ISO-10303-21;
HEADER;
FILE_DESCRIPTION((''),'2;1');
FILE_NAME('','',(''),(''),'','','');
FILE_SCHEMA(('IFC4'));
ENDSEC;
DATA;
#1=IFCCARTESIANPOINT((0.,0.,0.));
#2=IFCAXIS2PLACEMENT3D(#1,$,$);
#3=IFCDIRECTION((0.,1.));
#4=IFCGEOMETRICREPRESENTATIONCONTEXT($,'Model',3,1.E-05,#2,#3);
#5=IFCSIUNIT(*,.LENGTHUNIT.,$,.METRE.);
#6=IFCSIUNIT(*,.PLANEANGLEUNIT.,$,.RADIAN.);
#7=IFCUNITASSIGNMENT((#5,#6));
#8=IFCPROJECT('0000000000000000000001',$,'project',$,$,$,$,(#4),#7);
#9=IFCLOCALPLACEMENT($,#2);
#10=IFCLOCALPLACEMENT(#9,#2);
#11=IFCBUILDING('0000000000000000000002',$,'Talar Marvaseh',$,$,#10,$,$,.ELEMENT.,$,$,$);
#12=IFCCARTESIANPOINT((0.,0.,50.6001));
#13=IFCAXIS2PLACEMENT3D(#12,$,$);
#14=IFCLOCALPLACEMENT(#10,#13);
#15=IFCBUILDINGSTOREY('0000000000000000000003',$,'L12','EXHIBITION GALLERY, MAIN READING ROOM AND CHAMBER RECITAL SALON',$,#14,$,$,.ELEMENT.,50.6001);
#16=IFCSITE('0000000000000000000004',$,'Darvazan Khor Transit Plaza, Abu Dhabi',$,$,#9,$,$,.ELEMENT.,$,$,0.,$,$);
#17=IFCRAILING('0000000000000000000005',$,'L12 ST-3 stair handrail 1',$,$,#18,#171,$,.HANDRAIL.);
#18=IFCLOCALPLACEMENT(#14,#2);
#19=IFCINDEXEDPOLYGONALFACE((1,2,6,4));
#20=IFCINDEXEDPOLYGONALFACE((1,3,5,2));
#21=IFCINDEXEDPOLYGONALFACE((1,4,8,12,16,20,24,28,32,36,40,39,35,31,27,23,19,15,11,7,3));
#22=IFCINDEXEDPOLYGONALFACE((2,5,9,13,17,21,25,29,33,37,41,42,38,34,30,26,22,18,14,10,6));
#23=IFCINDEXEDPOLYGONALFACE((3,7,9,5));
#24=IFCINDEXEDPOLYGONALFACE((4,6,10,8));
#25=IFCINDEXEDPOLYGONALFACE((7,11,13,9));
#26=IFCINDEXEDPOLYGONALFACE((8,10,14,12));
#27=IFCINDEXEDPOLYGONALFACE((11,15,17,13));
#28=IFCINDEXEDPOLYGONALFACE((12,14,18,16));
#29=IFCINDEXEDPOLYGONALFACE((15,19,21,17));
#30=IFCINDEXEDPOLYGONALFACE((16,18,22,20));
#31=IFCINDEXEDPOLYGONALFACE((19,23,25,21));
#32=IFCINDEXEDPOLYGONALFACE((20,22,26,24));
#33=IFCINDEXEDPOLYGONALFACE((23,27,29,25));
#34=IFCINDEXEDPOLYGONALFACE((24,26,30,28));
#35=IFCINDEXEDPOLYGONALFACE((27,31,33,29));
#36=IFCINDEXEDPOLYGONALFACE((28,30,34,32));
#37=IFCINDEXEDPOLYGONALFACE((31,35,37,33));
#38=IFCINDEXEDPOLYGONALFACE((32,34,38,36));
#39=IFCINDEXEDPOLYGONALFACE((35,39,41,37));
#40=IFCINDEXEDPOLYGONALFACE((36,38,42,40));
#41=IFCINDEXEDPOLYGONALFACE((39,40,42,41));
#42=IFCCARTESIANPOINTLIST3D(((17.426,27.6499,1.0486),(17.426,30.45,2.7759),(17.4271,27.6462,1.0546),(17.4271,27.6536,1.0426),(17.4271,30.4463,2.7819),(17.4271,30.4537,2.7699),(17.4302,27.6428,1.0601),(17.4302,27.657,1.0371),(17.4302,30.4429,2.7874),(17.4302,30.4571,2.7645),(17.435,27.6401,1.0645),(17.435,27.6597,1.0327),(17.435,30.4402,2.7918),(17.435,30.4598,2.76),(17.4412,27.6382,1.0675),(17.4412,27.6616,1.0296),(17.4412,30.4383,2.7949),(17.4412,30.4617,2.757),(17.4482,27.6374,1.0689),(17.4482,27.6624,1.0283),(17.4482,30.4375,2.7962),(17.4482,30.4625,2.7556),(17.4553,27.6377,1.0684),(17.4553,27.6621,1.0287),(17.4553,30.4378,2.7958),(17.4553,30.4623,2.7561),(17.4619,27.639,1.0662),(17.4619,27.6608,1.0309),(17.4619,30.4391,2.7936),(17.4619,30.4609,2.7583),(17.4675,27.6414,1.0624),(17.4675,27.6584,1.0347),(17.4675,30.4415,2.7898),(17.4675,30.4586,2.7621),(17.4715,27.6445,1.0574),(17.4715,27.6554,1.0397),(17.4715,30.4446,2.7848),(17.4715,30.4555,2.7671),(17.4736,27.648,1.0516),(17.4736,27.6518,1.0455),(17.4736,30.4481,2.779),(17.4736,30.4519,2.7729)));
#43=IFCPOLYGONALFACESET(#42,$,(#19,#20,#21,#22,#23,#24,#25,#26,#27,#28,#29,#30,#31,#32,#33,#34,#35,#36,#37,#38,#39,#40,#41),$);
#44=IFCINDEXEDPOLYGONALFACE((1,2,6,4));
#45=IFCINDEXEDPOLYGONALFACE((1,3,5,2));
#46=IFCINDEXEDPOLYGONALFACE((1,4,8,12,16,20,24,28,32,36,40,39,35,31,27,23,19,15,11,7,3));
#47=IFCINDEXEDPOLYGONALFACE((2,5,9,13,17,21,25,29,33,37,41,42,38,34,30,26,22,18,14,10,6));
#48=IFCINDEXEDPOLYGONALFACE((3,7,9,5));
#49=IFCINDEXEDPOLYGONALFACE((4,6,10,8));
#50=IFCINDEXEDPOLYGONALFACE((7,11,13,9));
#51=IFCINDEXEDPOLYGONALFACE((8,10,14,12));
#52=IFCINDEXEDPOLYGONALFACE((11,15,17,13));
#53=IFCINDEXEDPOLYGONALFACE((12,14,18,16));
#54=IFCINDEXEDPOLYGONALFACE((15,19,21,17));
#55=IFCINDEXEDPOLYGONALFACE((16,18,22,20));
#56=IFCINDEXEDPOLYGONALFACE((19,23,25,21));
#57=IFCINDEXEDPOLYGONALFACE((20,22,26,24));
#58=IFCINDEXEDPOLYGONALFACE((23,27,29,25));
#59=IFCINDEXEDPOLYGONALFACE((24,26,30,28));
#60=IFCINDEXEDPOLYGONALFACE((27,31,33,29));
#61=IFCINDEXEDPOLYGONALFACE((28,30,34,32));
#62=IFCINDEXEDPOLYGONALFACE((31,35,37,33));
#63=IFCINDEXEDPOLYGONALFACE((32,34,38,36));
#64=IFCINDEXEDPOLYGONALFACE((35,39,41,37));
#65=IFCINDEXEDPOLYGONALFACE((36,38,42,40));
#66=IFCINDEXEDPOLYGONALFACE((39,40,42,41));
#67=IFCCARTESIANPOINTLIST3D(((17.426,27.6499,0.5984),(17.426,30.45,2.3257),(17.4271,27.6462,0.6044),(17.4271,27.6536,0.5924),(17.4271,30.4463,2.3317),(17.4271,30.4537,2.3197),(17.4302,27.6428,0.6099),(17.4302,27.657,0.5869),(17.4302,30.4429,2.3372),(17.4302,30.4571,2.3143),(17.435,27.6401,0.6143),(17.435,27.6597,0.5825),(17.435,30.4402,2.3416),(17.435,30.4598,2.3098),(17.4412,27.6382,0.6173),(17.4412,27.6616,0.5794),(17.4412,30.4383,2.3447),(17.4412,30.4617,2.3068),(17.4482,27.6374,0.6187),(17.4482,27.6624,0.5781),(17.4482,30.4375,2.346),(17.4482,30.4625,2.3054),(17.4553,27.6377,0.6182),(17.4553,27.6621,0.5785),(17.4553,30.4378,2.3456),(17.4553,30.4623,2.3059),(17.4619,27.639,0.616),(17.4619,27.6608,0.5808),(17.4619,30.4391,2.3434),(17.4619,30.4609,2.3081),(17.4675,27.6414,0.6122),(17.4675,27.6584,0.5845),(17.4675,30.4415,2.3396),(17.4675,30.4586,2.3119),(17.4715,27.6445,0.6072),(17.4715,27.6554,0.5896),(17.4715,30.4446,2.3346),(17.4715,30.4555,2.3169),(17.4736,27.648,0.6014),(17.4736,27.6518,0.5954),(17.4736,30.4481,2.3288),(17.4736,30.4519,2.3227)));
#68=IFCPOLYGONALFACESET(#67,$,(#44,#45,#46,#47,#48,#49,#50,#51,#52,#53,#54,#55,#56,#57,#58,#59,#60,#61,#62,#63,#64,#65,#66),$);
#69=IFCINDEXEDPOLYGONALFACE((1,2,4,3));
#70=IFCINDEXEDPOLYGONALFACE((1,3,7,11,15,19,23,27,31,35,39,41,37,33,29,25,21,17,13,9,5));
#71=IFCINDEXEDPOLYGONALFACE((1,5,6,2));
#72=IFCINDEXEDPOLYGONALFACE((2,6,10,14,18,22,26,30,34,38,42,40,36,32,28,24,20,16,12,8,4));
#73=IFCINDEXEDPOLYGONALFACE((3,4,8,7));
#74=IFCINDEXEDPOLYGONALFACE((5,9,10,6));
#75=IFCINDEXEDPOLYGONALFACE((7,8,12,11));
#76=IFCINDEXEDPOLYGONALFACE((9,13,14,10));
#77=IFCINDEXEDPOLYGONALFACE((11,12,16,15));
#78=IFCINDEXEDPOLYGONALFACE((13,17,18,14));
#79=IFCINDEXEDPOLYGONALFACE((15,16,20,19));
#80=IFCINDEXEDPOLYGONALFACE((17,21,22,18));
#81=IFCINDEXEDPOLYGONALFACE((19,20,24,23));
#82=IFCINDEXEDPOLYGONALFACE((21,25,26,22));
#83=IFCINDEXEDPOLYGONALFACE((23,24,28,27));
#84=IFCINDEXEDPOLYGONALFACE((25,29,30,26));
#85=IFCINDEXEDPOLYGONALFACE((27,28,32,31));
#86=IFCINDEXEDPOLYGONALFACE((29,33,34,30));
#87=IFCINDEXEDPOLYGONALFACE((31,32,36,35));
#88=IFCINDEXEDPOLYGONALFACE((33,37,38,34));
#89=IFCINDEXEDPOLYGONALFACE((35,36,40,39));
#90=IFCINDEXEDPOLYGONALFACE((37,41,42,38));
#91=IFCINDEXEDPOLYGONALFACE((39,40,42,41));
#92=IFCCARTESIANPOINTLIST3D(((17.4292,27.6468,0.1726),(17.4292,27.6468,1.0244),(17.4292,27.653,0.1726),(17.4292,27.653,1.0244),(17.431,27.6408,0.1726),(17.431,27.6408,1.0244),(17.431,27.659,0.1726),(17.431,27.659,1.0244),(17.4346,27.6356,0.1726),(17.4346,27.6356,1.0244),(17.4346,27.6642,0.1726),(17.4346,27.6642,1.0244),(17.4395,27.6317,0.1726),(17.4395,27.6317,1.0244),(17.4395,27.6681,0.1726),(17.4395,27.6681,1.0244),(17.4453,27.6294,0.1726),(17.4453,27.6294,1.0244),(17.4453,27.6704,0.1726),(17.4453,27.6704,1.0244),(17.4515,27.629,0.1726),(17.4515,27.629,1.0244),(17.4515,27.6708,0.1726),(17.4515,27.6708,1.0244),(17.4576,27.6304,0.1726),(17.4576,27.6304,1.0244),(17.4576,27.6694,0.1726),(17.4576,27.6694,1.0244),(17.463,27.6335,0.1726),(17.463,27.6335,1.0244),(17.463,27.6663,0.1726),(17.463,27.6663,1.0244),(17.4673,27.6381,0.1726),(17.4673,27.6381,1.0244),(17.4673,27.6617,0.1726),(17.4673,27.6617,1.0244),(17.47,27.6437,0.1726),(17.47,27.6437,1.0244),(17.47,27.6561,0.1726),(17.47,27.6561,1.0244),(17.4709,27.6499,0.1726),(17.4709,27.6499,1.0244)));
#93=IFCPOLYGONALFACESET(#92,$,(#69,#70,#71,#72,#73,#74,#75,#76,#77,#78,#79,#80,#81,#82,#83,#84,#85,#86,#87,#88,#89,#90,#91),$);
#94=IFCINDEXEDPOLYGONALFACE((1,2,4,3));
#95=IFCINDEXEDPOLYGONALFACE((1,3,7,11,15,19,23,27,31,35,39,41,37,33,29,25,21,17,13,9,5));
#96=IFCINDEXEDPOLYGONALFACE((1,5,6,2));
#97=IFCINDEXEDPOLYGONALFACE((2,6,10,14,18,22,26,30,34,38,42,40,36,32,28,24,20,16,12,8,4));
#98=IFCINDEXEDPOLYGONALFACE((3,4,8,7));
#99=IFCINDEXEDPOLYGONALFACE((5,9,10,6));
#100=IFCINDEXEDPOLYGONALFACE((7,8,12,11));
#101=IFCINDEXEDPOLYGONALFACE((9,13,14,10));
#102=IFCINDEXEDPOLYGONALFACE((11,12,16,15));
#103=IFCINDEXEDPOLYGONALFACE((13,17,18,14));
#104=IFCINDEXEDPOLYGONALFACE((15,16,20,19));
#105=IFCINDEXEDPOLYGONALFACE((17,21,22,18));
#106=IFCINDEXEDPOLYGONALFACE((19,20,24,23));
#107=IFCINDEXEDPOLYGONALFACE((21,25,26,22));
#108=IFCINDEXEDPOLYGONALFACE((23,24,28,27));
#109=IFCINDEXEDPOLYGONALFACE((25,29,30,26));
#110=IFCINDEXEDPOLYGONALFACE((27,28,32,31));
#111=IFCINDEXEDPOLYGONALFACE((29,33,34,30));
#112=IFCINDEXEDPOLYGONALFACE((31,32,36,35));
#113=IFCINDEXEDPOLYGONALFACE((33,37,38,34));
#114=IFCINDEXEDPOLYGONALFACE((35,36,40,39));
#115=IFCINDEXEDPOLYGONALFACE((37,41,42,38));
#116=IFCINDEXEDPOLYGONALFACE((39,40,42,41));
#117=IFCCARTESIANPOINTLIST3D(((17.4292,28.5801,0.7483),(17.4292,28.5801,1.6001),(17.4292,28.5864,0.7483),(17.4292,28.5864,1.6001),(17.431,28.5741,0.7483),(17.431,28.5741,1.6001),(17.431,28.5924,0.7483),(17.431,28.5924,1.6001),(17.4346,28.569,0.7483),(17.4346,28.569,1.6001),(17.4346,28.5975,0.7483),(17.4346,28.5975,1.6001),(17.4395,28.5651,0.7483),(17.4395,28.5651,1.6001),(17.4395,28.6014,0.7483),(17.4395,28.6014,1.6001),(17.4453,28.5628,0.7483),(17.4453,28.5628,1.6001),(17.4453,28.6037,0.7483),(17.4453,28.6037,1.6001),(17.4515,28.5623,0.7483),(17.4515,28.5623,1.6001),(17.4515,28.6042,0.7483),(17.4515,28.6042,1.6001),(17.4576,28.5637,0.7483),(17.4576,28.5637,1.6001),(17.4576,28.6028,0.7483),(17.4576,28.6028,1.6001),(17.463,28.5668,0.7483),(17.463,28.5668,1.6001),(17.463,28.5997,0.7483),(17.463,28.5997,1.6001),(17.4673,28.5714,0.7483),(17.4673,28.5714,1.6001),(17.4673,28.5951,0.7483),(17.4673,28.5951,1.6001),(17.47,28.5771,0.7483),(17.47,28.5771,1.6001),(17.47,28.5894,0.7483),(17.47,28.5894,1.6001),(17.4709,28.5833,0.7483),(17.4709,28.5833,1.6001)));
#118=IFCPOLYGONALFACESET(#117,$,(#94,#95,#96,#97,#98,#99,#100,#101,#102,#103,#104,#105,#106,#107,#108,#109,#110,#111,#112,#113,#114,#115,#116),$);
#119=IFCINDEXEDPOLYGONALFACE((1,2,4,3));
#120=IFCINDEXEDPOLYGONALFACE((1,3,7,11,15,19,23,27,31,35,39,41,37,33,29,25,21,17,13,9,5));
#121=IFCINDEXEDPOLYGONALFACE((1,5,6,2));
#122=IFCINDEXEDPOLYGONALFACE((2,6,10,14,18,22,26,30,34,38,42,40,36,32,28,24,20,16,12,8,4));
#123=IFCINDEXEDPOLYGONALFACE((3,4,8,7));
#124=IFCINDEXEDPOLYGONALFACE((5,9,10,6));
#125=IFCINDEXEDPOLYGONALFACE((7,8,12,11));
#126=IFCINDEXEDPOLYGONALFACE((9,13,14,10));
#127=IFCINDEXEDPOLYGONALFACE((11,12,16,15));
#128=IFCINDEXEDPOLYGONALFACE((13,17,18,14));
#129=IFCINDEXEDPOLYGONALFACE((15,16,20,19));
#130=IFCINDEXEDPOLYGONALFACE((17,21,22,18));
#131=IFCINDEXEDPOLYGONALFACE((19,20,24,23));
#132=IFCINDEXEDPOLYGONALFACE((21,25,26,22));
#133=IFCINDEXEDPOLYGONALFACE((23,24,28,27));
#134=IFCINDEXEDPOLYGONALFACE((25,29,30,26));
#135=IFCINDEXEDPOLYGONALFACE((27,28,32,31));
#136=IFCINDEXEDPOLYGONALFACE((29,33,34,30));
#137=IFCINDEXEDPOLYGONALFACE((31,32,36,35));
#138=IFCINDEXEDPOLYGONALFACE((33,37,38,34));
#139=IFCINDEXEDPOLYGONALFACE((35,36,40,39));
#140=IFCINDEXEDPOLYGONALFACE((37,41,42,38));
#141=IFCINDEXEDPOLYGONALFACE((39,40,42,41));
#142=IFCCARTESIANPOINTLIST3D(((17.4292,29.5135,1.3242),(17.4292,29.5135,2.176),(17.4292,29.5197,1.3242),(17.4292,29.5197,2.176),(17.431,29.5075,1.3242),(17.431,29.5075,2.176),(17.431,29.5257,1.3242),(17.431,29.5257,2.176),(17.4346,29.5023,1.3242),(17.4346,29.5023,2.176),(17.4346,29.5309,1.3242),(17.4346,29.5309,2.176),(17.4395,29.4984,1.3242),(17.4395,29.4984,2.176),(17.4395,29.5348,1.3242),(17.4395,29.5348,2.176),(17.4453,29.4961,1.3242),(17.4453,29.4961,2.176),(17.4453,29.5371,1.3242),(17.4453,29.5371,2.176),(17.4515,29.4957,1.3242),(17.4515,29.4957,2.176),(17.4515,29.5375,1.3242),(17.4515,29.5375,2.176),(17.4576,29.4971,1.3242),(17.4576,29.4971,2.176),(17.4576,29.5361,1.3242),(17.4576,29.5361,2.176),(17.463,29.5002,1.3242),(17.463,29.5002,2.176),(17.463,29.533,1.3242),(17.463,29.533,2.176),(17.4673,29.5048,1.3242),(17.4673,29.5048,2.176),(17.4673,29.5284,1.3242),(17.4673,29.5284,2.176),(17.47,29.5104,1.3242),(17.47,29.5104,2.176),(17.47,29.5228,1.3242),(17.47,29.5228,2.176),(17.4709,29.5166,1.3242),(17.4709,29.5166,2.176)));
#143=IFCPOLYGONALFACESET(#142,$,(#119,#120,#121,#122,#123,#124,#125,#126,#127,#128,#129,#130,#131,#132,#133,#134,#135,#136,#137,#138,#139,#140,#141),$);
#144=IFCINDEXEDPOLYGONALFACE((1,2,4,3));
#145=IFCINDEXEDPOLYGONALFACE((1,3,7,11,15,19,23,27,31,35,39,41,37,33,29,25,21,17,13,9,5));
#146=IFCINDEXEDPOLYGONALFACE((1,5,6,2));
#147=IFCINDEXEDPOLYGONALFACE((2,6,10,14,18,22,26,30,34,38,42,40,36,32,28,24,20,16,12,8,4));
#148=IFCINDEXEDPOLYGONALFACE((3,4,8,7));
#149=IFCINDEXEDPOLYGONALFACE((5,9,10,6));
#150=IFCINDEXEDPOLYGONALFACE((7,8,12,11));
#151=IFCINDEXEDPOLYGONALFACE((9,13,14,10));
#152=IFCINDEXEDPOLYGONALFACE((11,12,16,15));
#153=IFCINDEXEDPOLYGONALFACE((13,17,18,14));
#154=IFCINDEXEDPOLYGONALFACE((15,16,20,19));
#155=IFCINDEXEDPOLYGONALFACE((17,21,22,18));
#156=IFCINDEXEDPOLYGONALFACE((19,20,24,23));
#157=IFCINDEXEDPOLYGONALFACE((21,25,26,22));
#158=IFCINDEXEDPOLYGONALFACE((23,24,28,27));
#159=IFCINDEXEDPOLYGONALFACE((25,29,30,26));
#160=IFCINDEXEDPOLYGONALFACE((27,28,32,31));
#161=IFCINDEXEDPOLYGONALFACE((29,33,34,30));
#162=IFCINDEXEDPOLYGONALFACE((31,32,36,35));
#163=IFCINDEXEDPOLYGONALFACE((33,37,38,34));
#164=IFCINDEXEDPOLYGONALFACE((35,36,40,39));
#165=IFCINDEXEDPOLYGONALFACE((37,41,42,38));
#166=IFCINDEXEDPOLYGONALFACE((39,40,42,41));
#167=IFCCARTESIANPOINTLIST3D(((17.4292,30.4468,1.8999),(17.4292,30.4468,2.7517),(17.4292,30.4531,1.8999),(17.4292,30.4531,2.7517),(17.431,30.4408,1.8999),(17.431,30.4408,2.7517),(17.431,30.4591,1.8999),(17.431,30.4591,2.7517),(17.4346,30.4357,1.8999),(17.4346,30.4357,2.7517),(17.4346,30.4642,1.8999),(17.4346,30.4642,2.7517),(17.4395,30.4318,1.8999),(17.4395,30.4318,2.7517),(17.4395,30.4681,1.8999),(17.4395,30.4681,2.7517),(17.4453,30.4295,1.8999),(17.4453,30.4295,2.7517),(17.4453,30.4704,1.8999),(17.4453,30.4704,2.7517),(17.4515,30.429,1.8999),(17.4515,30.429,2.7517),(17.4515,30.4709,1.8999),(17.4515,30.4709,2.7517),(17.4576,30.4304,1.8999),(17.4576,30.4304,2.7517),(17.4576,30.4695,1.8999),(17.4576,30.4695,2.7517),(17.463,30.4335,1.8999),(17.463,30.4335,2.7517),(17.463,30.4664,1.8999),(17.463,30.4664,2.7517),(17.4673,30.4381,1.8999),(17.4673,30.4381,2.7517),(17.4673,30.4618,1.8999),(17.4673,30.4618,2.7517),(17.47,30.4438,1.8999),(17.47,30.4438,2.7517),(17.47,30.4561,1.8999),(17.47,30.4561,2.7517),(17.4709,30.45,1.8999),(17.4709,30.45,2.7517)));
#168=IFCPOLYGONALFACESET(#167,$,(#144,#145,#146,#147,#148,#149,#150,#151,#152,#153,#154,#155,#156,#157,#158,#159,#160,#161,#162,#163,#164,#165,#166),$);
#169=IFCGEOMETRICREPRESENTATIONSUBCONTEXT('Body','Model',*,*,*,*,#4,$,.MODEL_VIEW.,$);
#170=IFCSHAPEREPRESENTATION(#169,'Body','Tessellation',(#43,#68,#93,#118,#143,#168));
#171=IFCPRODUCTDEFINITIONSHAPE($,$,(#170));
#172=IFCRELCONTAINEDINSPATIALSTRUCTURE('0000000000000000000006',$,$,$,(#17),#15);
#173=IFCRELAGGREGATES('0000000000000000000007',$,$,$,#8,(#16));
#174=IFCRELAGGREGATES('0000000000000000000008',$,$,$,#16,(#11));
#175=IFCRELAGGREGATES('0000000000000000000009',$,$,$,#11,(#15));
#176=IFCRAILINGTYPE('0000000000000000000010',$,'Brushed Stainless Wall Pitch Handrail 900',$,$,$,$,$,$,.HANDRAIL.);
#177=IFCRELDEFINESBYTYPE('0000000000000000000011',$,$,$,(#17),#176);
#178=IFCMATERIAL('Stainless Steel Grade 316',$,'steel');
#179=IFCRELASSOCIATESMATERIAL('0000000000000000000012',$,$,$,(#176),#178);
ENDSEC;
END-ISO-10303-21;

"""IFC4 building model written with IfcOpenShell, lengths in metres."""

from ifc_helpers import new_model, si_unit, direction, frame, origin, origin_2d, place, context, subcontext, project, spatial, circle, extrude, material, type_object, element, save


model = new_model("IFC4")

# Units and contexts
model_context = context("Model", 3, precision=1e-05, world=origin(), true_north=direction((0.0, 1.0)))
body_context = subcontext(model_context, "Body", "Model", "MODEL_VIEW")
ifc_project = project(units=[si_unit("LENGTHUNIT", "METRE"), si_unit("PLANEANGLEUNIT", "RADIAN")], contexts=[model_context])

# Site, building, storey
site_placement = place(None, origin())
site = spatial("IfcSite", under=ifc_project, at=site_placement, Name="Darvazan Khor Transit Plaza, Abu Dhabi", CompositionType="ELEMENT", RefElevation=0.0)
building_placement = place(site_placement, origin())
building = spatial("IfcBuilding", under=site, at=building_placement, Name="Talar Marvaseh", CompositionType="ELEMENT")
storey_placement = place(building_placement, frame((0.0, 0.0, 50.6001)))
storey = spatial("IfcBuildingStorey", under=building, at=storey_placement, Name="L12", Description="EXHIBITION GALLERY, MAIN READING ROOM AND CHAMBER RECITAL SALON", CompositionType="ELEMENT", Elevation=50.6001)

# Railing
ifc_material_1 = material(Name="Stainless Steel Grade 316", Category="steel")
railing_type_1 = type_object("IfcRailingType", Name="Brushed Stainless Wall Pitch Handrail 900", PredefinedType="HANDRAIL", material=ifc_material_1)
railing_1_placement = place(storey_placement, frame((17.45, 27.6499, 0.1726)))
element("IfcRailing", 1, at=railing_1_placement, inside=storey, type_object=railing_type_1, Name="L12 ST-3 stair handrail 1", PredefinedType="HANDRAIL", context=body_context, shape_type="SweptSolid", body=[
    extrude(circle(Radius=0.0239, at=origin_2d()), frame((0.0, 0.0, 0.876), z_axis=(0.0, 0.85109, 0.52502), x_axis=(-1.0, 0.0, 0.0)), (0.0, 0.0, 1.0), 3.29),
    extrude(circle(Radius=0.0239, at=origin_2d()), frame((0.0, 0.0, 0.4258), z_axis=(0.0, 0.85109, 0.52502), x_axis=(-1.0, 0.0, 0.0)), (0.0, 0.0, 1.0), 3.29),
    extrude(circle(Radius=0.021, at=origin_2d()), origin(), (0.0, 0.0, 1.0), 0.8518),
    extrude(circle(Radius=0.021, at=origin_2d()), frame((0.0, 0.9333, 0.5757)), (0.0, 0.0, 1.0), 0.8518),
    extrude(circle(Radius=0.021, at=origin_2d()), frame((0.0, 1.8667, 1.1516)), (0.0, 0.0, 1.0), 0.8518),
    extrude(circle(Radius=0.021, at=origin_2d()), frame((0.0, 2.8, 1.7273)), (0.0, 0.0, 1.0), 0.8518),
])

save(model, "model.ifc")
